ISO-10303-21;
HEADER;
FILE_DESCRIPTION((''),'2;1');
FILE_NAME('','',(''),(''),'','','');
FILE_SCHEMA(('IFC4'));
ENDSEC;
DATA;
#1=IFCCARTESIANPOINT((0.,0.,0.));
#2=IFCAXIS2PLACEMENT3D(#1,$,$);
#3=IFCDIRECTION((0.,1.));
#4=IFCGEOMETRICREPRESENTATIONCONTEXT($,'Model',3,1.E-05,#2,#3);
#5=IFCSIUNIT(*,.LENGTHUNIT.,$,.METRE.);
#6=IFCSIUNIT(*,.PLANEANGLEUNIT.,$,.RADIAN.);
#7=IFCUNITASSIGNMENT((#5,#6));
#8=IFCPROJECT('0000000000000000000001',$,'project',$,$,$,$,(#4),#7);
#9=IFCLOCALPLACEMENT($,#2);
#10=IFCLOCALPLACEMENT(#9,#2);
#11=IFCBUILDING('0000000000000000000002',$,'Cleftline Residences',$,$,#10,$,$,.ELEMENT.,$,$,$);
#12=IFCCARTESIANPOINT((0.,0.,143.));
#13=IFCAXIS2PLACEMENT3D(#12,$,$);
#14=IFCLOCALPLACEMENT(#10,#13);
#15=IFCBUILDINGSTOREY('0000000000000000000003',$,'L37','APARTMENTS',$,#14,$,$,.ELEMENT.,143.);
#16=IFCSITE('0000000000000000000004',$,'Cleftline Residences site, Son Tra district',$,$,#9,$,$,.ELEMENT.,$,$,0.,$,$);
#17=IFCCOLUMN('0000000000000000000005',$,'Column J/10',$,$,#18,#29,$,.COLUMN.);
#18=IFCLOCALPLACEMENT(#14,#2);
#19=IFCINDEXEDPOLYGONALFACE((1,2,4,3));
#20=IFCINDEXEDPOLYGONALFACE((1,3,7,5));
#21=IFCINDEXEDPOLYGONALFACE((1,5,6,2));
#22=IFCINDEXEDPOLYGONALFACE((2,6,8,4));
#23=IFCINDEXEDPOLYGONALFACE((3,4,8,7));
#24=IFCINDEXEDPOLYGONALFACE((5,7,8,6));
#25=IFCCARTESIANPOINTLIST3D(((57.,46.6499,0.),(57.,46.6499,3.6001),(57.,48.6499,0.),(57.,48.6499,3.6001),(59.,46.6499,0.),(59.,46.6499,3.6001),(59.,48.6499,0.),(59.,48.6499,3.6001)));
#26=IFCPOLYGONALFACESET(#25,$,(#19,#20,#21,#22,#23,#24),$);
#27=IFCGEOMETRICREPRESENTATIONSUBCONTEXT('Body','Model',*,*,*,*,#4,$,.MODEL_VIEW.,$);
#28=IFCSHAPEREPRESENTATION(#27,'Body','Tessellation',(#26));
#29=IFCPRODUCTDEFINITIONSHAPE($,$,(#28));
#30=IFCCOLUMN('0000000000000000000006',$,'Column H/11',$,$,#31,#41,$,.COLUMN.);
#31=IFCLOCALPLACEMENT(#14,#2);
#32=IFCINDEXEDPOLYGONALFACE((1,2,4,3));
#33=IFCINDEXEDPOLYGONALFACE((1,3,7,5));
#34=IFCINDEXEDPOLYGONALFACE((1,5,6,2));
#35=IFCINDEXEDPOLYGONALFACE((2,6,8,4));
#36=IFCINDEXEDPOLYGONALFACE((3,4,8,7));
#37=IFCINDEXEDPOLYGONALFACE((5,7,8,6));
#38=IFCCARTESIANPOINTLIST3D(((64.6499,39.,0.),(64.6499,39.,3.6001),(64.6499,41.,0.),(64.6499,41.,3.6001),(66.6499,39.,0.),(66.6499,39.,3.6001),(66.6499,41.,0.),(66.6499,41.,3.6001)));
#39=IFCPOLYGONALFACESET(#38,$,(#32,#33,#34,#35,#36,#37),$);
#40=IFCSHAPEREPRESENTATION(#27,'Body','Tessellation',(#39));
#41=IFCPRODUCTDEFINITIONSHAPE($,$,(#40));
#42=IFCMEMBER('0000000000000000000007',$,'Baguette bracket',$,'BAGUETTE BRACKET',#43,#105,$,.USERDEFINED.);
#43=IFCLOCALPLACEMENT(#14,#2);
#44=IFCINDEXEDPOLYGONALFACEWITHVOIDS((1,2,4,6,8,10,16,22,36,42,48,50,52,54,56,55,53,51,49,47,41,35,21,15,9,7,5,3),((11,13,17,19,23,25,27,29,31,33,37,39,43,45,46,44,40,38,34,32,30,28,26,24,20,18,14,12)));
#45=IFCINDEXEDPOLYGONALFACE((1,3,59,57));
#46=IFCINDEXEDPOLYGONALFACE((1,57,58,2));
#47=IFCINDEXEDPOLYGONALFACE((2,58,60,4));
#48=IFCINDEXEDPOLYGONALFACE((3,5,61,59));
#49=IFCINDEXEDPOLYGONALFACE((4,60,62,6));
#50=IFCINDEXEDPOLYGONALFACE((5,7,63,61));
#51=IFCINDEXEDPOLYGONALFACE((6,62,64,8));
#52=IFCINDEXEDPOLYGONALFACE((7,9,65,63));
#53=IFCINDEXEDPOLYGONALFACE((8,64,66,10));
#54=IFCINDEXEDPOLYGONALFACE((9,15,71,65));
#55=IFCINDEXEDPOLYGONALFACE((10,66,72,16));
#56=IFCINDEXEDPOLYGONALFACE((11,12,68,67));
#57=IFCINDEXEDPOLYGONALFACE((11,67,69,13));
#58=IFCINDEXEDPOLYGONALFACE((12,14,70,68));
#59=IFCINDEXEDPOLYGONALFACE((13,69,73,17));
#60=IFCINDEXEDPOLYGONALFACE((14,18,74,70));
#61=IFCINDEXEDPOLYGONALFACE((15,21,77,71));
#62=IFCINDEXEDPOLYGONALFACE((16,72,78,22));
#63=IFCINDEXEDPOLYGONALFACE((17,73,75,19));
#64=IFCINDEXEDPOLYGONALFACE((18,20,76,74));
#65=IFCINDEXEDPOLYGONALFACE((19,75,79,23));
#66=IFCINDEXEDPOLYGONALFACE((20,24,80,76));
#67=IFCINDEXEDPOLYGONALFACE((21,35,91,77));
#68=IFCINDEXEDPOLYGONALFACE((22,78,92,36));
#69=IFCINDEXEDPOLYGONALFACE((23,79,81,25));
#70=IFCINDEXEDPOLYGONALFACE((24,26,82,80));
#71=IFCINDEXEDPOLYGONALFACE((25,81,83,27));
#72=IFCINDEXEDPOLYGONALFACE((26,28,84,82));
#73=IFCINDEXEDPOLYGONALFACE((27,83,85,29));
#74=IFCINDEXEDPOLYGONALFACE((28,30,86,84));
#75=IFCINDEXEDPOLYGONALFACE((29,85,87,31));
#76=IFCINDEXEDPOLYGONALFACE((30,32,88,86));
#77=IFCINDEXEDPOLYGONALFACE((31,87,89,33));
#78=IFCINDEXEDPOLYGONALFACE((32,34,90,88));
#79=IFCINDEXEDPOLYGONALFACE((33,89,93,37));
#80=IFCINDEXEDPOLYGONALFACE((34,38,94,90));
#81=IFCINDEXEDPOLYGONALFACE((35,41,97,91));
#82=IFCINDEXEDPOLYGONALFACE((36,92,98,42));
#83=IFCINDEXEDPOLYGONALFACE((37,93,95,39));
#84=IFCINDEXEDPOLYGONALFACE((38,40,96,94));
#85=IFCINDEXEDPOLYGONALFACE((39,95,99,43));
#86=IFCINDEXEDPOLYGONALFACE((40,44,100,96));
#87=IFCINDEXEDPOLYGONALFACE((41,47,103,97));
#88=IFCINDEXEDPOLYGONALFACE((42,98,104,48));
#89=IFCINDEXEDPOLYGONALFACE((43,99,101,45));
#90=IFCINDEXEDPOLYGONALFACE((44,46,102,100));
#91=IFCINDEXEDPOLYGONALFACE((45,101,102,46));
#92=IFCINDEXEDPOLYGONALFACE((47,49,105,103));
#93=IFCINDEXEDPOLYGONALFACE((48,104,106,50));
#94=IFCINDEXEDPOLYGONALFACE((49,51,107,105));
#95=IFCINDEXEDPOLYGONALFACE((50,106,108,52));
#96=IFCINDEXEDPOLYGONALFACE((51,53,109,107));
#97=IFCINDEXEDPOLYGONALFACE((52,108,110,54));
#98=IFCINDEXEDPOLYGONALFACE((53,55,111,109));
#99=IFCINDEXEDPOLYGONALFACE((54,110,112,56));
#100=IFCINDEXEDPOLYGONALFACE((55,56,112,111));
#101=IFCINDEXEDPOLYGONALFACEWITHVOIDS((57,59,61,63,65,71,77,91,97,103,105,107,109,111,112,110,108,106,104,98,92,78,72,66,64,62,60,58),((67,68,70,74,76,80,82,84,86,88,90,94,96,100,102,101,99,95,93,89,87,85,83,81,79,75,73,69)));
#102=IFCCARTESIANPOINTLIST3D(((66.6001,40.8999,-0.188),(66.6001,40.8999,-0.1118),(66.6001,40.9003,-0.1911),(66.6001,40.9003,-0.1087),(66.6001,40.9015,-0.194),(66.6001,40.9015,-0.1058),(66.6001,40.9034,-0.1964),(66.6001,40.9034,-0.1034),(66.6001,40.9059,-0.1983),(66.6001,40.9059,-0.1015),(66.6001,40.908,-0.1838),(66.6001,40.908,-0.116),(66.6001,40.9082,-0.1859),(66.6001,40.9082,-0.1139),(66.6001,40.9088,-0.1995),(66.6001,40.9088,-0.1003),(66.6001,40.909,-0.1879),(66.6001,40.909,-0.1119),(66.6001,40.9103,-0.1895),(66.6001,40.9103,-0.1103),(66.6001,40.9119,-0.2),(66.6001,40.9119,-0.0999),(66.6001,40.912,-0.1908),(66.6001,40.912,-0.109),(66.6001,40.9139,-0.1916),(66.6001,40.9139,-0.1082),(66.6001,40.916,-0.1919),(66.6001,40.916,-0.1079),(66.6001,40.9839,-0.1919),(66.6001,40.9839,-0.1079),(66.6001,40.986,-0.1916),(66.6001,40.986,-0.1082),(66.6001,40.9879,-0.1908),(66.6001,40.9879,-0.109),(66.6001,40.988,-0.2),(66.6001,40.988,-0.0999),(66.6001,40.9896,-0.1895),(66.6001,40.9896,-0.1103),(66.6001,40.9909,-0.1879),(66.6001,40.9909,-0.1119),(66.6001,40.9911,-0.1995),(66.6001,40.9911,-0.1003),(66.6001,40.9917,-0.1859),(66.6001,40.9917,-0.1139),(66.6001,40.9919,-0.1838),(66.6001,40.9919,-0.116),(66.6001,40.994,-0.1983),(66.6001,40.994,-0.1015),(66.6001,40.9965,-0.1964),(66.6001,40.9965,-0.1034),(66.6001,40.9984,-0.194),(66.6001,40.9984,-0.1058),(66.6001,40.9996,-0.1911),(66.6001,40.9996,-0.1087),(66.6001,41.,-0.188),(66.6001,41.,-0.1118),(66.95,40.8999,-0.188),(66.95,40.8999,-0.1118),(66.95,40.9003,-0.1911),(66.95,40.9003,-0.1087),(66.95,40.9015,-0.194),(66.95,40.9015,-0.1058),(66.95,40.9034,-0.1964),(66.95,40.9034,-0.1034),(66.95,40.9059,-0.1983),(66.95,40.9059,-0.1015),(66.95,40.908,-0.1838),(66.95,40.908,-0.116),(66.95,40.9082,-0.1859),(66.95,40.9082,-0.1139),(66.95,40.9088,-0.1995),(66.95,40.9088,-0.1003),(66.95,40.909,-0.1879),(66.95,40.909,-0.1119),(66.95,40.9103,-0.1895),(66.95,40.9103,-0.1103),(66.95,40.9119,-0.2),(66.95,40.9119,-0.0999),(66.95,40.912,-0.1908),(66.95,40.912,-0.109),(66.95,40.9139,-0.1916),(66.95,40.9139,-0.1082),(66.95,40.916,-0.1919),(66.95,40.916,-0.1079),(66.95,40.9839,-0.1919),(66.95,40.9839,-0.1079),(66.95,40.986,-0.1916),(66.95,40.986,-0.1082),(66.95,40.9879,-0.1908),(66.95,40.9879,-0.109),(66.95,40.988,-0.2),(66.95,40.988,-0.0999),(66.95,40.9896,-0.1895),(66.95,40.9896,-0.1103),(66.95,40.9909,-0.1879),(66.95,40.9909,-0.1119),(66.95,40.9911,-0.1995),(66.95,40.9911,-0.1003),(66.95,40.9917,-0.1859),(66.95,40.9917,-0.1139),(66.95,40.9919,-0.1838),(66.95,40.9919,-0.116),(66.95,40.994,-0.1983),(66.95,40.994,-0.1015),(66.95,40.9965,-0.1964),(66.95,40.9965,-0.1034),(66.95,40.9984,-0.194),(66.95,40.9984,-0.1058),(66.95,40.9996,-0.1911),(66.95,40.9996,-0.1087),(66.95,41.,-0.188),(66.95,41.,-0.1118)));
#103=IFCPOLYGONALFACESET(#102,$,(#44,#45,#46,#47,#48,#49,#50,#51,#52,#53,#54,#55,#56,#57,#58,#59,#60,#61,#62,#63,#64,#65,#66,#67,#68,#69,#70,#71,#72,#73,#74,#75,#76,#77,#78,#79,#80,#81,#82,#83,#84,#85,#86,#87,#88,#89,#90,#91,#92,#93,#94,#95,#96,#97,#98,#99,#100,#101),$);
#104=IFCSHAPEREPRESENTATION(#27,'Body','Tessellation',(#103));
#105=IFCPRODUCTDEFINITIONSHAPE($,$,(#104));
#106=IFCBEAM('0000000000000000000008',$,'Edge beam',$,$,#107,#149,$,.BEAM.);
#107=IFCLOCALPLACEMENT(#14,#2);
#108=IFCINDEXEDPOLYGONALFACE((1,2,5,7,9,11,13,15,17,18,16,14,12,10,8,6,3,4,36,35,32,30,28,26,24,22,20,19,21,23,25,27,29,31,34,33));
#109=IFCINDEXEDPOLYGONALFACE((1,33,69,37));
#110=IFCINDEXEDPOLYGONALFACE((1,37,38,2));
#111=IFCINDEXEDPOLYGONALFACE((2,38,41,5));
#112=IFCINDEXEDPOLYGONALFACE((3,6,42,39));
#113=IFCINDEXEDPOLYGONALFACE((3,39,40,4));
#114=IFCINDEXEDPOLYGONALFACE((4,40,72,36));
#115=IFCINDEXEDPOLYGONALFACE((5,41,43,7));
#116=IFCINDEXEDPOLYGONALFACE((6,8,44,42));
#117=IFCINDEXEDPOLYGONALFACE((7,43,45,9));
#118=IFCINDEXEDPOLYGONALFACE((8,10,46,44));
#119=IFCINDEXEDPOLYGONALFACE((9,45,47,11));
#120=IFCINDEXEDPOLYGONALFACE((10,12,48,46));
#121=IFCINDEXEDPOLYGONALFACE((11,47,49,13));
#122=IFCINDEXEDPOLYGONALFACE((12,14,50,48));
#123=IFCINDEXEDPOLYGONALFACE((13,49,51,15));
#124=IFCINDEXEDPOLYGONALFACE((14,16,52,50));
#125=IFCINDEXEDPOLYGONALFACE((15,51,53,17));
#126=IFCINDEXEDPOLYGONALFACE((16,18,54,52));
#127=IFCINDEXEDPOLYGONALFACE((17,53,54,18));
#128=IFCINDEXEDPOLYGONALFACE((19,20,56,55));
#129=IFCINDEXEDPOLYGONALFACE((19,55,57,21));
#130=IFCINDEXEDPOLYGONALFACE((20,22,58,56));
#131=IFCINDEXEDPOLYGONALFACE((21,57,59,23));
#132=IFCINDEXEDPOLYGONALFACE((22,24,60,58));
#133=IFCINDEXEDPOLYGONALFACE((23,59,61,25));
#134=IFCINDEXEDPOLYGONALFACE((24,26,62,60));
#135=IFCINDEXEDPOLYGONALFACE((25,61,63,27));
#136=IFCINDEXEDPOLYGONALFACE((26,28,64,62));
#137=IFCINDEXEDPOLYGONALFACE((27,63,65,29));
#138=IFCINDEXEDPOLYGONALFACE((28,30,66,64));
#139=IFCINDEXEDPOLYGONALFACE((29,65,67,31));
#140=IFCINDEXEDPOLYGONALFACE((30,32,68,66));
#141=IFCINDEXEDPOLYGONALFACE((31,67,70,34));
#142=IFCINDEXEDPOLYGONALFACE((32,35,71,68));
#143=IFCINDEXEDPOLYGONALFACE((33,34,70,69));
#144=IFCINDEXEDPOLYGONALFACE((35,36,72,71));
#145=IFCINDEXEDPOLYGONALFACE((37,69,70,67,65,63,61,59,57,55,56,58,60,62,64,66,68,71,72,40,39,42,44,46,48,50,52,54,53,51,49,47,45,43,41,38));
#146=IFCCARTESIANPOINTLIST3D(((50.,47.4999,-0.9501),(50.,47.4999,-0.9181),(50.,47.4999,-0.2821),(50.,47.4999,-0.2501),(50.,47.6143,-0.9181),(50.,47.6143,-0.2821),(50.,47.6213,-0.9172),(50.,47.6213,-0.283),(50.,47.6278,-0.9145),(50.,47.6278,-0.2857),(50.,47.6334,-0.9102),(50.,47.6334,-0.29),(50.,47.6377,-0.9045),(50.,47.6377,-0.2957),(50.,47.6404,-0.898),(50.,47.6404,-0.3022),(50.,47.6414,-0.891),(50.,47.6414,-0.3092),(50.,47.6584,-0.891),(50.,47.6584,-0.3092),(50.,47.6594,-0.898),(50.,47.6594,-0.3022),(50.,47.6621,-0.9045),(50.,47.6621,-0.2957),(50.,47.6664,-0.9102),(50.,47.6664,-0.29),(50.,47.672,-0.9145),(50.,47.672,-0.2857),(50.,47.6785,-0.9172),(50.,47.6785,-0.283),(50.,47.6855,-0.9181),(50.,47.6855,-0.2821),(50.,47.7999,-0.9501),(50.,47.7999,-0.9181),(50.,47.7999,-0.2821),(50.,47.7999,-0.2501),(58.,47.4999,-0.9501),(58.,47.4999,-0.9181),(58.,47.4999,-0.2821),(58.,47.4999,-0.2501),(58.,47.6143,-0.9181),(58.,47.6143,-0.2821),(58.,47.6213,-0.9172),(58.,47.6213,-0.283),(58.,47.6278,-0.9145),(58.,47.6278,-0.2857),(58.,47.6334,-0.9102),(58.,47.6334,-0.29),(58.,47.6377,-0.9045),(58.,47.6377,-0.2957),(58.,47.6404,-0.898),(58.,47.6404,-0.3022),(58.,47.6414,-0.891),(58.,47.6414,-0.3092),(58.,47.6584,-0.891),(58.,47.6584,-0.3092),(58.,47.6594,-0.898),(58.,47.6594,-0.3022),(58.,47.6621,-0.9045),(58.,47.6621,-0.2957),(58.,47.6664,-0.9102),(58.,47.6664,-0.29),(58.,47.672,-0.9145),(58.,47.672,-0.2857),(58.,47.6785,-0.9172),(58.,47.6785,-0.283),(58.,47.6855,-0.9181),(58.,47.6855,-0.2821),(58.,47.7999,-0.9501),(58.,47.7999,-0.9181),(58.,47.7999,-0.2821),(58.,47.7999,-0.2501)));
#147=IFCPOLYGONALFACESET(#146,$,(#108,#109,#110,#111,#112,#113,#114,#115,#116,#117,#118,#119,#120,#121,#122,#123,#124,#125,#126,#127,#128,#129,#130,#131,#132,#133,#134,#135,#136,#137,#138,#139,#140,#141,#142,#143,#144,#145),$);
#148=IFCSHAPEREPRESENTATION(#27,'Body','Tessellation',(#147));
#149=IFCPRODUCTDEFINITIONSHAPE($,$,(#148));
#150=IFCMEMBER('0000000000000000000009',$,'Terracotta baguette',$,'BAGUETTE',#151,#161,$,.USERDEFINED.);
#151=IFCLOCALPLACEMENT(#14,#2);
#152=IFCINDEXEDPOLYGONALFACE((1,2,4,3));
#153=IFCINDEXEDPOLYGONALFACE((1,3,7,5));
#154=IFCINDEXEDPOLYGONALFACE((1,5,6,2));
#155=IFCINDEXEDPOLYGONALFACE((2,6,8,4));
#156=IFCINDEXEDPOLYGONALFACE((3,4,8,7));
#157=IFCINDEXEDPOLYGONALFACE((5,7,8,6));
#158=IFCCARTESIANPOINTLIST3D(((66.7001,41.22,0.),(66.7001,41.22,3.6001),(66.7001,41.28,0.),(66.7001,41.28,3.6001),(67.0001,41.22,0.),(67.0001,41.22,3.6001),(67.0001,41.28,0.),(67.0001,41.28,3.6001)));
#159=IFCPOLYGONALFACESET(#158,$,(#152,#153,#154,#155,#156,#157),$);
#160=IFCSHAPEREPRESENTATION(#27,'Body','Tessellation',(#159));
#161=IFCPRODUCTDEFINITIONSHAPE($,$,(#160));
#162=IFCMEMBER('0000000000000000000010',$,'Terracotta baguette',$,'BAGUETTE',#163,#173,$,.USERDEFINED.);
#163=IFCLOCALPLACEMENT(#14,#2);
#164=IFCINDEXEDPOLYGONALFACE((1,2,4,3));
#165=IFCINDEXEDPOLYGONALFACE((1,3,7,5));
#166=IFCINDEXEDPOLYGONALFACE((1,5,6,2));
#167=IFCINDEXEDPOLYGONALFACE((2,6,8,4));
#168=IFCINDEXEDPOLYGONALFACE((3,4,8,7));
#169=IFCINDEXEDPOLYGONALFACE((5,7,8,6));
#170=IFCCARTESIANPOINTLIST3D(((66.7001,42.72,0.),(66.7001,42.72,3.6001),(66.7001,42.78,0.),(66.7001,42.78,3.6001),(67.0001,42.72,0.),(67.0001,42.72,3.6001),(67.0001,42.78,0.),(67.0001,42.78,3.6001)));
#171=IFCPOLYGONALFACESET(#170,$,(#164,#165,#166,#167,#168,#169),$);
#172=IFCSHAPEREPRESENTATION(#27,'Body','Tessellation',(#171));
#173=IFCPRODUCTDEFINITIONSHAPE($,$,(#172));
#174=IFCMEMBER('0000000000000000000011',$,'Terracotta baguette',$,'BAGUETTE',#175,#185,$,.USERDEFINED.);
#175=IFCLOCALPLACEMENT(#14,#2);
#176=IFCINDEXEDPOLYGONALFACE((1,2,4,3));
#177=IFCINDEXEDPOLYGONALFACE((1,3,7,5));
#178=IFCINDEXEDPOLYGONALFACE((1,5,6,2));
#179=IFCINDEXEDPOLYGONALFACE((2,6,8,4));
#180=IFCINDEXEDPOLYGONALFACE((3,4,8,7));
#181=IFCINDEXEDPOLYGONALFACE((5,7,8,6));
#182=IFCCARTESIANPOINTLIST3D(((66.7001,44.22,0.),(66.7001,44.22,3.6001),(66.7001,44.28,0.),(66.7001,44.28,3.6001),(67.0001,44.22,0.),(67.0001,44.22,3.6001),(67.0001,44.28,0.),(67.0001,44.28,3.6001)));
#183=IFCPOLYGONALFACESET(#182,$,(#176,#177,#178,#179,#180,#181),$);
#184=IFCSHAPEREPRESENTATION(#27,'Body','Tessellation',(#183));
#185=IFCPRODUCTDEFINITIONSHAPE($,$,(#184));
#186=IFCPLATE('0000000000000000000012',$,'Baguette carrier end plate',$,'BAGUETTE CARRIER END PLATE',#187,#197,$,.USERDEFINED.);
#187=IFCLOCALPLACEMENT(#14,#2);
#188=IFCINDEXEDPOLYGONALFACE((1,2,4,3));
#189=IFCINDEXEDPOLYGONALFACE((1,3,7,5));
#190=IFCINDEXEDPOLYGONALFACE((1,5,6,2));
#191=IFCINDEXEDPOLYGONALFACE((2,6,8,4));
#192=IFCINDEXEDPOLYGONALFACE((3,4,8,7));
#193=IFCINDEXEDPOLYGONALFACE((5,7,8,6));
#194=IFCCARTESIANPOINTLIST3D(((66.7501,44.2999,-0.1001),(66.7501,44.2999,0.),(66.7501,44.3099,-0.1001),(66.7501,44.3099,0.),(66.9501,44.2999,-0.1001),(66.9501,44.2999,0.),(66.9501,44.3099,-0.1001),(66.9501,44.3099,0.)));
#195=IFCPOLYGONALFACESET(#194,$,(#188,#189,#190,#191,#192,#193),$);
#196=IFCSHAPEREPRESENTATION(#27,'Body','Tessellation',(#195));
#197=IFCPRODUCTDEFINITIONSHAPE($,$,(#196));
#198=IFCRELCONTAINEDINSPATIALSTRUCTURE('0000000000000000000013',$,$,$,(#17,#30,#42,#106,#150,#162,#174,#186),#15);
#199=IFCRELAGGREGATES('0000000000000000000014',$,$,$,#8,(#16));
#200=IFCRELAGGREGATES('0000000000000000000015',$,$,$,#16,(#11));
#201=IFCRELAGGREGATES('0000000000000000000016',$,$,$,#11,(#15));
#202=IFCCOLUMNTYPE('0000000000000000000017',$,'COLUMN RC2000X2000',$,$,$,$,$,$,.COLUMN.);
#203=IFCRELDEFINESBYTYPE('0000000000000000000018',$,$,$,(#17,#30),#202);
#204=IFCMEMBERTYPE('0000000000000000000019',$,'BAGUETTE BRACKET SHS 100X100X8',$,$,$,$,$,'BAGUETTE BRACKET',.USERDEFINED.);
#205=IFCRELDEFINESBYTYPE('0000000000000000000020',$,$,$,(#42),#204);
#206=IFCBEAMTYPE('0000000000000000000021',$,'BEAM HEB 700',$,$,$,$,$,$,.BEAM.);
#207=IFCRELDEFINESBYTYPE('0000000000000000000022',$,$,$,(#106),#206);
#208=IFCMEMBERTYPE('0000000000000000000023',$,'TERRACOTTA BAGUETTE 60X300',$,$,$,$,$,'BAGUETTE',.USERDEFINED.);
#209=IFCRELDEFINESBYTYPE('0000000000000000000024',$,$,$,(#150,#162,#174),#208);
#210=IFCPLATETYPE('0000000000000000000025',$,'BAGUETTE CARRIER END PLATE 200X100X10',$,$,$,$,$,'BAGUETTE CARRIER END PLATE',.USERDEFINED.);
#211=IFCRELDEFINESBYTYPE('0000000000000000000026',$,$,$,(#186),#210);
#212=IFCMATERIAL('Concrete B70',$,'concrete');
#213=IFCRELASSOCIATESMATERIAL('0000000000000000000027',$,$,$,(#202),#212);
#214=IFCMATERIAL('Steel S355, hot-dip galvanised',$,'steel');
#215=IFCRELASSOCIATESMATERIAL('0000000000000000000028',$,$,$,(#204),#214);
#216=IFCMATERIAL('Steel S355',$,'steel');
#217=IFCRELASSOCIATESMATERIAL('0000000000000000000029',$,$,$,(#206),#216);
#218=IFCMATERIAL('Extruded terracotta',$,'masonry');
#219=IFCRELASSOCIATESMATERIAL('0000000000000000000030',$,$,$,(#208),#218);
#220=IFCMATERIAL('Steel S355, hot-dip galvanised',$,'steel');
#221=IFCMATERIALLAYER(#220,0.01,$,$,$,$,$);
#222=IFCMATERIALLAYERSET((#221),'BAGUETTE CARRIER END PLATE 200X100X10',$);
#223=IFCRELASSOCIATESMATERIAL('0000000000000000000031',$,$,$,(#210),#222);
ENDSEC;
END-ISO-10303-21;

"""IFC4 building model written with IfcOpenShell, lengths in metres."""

from ifc_helpers import new_model, si_unit, direction, frame, origin, origin_2d, place, context, subcontext, project, spatial, rectangle, hollow_rectangle, i_section, extrude, material, layer, layer_set, material_profile, profile_set, type_object, element, save


model = new_model("IFC4")

# Units and contexts
model_context = context("Model", 3, precision=1e-05, world=origin(), true_north=direction((0.0, 1.0)))
body_context = subcontext(model_context, "Body", "Model", "MODEL_VIEW")
ifc_project = project(units=[si_unit("LENGTHUNIT", "METRE"), si_unit("PLANEANGLEUNIT", "RADIAN")], contexts=[model_context])

# Site, building, storey
site_placement = place(None, origin())
site = spatial("IfcSite", under=ifc_project, at=site_placement, Name="Cleftline Residences site, Son Tra district", CompositionType="ELEMENT", RefElevation=0.0)
building_placement = place(site_placement, origin())
building = spatial("IfcBuilding", under=site, at=building_placement, Name="Cleftline Residences", CompositionType="ELEMENT")
storey_placement = place(building_placement, frame((0.0, 0.0, 143.0)))
storey = spatial("IfcBuildingStorey", under=building, at=storey_placement, Name="L37", Description="APARTMENTS", CompositionType="ELEMENT", Elevation=143.0)

# Columns
ifc_material_1 = material(Name="Concrete B70", Category="concrete")
ifc_material_profile_1 = material_profile(ifc_material_1, rectangle(XDim=2.0, YDim=2.0, at=origin_2d()))
ifc_profile_set_1 = profile_set([ifc_material_profile_1], Name="Concrete B70")
column_type = type_object("IfcColumnType", Name="COLUMN RC2000X2000", PredefinedType="COLUMN", material=ifc_profile_set_1)
for number, where, z_axis, x_axis, name in (
    (1, (58.0, 47.6499, 0.0), (0.0, 0.0, 1.0), (1.0, 0.0, 0.0), "Column J/10"),
    (2, (65.6499, 40.0, 0.0), (0.0, 0.0, 1.0), (1.0, 0.0, 0.0), "Column H/11"),
):
    element("IfcColumn", number, at=place(storey_placement, frame(where, z_axis=z_axis, x_axis=x_axis)), inside=storey, type_object=column_type, Name=name, PredefinedType="COLUMN", context=body_context, shape_type="SweptSolid", body=[
        extrude(rectangle(XDim=2.0, YDim=2.0, at=origin_2d()), origin(), (0.0, 0.0, 1.0), 3.6001),
    ])

# Member
ifc_material_2 = material(Name="Steel S355, hot-dip galvanised", Category="steel")
ifc_material_profile_2 = material_profile(ifc_material_2, hollow_rectangle(XDim=0.1001, YDim=0.1001, WallThickness=0.0081, InnerFilletRadius=0.0081, OuterFilletRadius=0.012, at=origin_2d()))
ifc_profile_set_2 = profile_set([ifc_material_profile_2], Name="Steel S355, hot-dip galvanised")
member_type_1 = type_object("IfcMemberType", Name="BAGUETTE BRACKET SHS 100X100X8", ElementType="BAGUETTE BRACKET", PredefinedType="USERDEFINED", material=ifc_profile_set_2)
member_placement = place(storey_placement, frame((66.6001, 40.95, -0.1499), z_axis=(1.0, 0.0, 0.0), x_axis=(0.0, 1.0, 0.0)))
element("IfcMember", 3, at=member_placement, inside=storey, type_object=member_type_1, Name="Baguette bracket", ObjectType="BAGUETTE BRACKET", PredefinedType="USERDEFINED", context=body_context, shape_type="SweptSolid", body=[
    extrude(hollow_rectangle(XDim=0.1001, YDim=0.1001, WallThickness=0.0081, InnerFilletRadius=0.0081, OuterFilletRadius=0.012, at=origin_2d()), origin(), (0.0, 0.0, 1.0), 0.3499),
])

# Beam
ifc_material_3 = material(Name="Steel S355", Category="steel")
ifc_material_profile_3 = material_profile(ifc_material_3, i_section(OverallWidth=0.3, OverallDepth=0.7, WebThickness=0.0171, FlangeThickness=0.032, FilletRadius=0.0271, at=origin_2d()))
ifc_profile_set_3 = profile_set([ifc_material_profile_3], Name="Steel S355")
beam_type = type_object("IfcBeamType", Name="BEAM HEB 700", PredefinedType="BEAM", material=ifc_profile_set_3)
beam_placement = place(storey_placement, frame((58.0, 47.6499, -0.6001), z_axis=(-1.0, 0.0, 0.0), x_axis=(0.0, -1.0, 0.0)))
element("IfcBeam", 4, at=beam_placement, inside=storey, type_object=beam_type, Name="Edge beam", PredefinedType="BEAM", context=body_context, shape_type="SweptSolid", body=[
    extrude(i_section(OverallWidth=0.3, OverallDepth=0.7, WebThickness=0.0171, FlangeThickness=0.032, FilletRadius=0.0271, at=origin_2d()), origin(), (0.0, 0.0, 1.0), 8.0),
])

# Members
ifc_material_4 = material(Name="Extruded terracotta", Category="masonry")
ifc_material_profile_4 = material_profile(ifc_material_4, rectangle(XDim=0.0601, YDim=0.3, at=origin_2d()))
ifc_profile_set_4 = profile_set([ifc_material_profile_4], Name="Extruded terracotta")
member_type_2 = type_object("IfcMemberType", Name="TERRACOTTA BAGUETTE 60X300", ElementType="BAGUETTE", PredefinedType="USERDEFINED", material=ifc_profile_set_4)
for number, where, z_axis, x_axis, name in (
    (5, (66.8501, 41.25, 0.0), (0.0, 0.0, 1.0), (0.0, 1.0, 0.0), "Terracotta baguette"),
    (6, (66.8501, 42.75, 0.0), (0.0, 0.0, 1.0), (0.0, 1.0, 0.0), "Terracotta baguette"),
    (7, (66.8501, 44.25, 0.0), (0.0, 0.0, 1.0), (0.0, 1.0, 0.0), "Terracotta baguette"),
):
    element("IfcMember", number, at=place(storey_placement, frame(where, z_axis=z_axis, x_axis=x_axis)), inside=storey, type_object=member_type_2, Name=name, ObjectType="BAGUETTE", PredefinedType="USERDEFINED", context=body_context, shape_type="SweptSolid", body=[
        extrude(rectangle(XDim=0.0601, YDim=0.3, at=origin_2d()), origin(), (0.0, 0.0, 1.0), 3.6001),
    ])

# Plate
ifc_material_5 = material(Name="Steel S355, hot-dip galvanised", Category="steel")
ifc_layer_1 = layer(ifc_material_5, 0.01)
ifc_layer_set_1 = layer_set([ifc_layer_1], Name="BAGUETTE CARRIER END PLATE 200X100X10")
plate_type = type_object("IfcPlateType", Name="BAGUETTE CARRIER END PLATE 200X100X10", ElementType="BAGUETTE CARRIER END PLATE", PredefinedType="USERDEFINED", material=ifc_layer_set_1)
plate_placement = place(storey_placement, frame((66.8501, 44.3049, -0.1001), z_axis=(0.0, 0.0, 1.0), x_axis=(1.0, 0.0, 0.0)))
element("IfcPlate", 8, at=plate_placement, inside=storey, type_object=plate_type, Name="Baguette carrier end plate", ObjectType="BAGUETTE CARRIER END PLATE", PredefinedType="USERDEFINED", context=body_context, shape_type="SweptSolid", body=[
    extrude(rectangle(XDim=0.2, YDim=0.01, at=origin_2d()), origin(), (0.0, 0.0, 1.0), 0.1001),
])

save(model, "model.ifc")
